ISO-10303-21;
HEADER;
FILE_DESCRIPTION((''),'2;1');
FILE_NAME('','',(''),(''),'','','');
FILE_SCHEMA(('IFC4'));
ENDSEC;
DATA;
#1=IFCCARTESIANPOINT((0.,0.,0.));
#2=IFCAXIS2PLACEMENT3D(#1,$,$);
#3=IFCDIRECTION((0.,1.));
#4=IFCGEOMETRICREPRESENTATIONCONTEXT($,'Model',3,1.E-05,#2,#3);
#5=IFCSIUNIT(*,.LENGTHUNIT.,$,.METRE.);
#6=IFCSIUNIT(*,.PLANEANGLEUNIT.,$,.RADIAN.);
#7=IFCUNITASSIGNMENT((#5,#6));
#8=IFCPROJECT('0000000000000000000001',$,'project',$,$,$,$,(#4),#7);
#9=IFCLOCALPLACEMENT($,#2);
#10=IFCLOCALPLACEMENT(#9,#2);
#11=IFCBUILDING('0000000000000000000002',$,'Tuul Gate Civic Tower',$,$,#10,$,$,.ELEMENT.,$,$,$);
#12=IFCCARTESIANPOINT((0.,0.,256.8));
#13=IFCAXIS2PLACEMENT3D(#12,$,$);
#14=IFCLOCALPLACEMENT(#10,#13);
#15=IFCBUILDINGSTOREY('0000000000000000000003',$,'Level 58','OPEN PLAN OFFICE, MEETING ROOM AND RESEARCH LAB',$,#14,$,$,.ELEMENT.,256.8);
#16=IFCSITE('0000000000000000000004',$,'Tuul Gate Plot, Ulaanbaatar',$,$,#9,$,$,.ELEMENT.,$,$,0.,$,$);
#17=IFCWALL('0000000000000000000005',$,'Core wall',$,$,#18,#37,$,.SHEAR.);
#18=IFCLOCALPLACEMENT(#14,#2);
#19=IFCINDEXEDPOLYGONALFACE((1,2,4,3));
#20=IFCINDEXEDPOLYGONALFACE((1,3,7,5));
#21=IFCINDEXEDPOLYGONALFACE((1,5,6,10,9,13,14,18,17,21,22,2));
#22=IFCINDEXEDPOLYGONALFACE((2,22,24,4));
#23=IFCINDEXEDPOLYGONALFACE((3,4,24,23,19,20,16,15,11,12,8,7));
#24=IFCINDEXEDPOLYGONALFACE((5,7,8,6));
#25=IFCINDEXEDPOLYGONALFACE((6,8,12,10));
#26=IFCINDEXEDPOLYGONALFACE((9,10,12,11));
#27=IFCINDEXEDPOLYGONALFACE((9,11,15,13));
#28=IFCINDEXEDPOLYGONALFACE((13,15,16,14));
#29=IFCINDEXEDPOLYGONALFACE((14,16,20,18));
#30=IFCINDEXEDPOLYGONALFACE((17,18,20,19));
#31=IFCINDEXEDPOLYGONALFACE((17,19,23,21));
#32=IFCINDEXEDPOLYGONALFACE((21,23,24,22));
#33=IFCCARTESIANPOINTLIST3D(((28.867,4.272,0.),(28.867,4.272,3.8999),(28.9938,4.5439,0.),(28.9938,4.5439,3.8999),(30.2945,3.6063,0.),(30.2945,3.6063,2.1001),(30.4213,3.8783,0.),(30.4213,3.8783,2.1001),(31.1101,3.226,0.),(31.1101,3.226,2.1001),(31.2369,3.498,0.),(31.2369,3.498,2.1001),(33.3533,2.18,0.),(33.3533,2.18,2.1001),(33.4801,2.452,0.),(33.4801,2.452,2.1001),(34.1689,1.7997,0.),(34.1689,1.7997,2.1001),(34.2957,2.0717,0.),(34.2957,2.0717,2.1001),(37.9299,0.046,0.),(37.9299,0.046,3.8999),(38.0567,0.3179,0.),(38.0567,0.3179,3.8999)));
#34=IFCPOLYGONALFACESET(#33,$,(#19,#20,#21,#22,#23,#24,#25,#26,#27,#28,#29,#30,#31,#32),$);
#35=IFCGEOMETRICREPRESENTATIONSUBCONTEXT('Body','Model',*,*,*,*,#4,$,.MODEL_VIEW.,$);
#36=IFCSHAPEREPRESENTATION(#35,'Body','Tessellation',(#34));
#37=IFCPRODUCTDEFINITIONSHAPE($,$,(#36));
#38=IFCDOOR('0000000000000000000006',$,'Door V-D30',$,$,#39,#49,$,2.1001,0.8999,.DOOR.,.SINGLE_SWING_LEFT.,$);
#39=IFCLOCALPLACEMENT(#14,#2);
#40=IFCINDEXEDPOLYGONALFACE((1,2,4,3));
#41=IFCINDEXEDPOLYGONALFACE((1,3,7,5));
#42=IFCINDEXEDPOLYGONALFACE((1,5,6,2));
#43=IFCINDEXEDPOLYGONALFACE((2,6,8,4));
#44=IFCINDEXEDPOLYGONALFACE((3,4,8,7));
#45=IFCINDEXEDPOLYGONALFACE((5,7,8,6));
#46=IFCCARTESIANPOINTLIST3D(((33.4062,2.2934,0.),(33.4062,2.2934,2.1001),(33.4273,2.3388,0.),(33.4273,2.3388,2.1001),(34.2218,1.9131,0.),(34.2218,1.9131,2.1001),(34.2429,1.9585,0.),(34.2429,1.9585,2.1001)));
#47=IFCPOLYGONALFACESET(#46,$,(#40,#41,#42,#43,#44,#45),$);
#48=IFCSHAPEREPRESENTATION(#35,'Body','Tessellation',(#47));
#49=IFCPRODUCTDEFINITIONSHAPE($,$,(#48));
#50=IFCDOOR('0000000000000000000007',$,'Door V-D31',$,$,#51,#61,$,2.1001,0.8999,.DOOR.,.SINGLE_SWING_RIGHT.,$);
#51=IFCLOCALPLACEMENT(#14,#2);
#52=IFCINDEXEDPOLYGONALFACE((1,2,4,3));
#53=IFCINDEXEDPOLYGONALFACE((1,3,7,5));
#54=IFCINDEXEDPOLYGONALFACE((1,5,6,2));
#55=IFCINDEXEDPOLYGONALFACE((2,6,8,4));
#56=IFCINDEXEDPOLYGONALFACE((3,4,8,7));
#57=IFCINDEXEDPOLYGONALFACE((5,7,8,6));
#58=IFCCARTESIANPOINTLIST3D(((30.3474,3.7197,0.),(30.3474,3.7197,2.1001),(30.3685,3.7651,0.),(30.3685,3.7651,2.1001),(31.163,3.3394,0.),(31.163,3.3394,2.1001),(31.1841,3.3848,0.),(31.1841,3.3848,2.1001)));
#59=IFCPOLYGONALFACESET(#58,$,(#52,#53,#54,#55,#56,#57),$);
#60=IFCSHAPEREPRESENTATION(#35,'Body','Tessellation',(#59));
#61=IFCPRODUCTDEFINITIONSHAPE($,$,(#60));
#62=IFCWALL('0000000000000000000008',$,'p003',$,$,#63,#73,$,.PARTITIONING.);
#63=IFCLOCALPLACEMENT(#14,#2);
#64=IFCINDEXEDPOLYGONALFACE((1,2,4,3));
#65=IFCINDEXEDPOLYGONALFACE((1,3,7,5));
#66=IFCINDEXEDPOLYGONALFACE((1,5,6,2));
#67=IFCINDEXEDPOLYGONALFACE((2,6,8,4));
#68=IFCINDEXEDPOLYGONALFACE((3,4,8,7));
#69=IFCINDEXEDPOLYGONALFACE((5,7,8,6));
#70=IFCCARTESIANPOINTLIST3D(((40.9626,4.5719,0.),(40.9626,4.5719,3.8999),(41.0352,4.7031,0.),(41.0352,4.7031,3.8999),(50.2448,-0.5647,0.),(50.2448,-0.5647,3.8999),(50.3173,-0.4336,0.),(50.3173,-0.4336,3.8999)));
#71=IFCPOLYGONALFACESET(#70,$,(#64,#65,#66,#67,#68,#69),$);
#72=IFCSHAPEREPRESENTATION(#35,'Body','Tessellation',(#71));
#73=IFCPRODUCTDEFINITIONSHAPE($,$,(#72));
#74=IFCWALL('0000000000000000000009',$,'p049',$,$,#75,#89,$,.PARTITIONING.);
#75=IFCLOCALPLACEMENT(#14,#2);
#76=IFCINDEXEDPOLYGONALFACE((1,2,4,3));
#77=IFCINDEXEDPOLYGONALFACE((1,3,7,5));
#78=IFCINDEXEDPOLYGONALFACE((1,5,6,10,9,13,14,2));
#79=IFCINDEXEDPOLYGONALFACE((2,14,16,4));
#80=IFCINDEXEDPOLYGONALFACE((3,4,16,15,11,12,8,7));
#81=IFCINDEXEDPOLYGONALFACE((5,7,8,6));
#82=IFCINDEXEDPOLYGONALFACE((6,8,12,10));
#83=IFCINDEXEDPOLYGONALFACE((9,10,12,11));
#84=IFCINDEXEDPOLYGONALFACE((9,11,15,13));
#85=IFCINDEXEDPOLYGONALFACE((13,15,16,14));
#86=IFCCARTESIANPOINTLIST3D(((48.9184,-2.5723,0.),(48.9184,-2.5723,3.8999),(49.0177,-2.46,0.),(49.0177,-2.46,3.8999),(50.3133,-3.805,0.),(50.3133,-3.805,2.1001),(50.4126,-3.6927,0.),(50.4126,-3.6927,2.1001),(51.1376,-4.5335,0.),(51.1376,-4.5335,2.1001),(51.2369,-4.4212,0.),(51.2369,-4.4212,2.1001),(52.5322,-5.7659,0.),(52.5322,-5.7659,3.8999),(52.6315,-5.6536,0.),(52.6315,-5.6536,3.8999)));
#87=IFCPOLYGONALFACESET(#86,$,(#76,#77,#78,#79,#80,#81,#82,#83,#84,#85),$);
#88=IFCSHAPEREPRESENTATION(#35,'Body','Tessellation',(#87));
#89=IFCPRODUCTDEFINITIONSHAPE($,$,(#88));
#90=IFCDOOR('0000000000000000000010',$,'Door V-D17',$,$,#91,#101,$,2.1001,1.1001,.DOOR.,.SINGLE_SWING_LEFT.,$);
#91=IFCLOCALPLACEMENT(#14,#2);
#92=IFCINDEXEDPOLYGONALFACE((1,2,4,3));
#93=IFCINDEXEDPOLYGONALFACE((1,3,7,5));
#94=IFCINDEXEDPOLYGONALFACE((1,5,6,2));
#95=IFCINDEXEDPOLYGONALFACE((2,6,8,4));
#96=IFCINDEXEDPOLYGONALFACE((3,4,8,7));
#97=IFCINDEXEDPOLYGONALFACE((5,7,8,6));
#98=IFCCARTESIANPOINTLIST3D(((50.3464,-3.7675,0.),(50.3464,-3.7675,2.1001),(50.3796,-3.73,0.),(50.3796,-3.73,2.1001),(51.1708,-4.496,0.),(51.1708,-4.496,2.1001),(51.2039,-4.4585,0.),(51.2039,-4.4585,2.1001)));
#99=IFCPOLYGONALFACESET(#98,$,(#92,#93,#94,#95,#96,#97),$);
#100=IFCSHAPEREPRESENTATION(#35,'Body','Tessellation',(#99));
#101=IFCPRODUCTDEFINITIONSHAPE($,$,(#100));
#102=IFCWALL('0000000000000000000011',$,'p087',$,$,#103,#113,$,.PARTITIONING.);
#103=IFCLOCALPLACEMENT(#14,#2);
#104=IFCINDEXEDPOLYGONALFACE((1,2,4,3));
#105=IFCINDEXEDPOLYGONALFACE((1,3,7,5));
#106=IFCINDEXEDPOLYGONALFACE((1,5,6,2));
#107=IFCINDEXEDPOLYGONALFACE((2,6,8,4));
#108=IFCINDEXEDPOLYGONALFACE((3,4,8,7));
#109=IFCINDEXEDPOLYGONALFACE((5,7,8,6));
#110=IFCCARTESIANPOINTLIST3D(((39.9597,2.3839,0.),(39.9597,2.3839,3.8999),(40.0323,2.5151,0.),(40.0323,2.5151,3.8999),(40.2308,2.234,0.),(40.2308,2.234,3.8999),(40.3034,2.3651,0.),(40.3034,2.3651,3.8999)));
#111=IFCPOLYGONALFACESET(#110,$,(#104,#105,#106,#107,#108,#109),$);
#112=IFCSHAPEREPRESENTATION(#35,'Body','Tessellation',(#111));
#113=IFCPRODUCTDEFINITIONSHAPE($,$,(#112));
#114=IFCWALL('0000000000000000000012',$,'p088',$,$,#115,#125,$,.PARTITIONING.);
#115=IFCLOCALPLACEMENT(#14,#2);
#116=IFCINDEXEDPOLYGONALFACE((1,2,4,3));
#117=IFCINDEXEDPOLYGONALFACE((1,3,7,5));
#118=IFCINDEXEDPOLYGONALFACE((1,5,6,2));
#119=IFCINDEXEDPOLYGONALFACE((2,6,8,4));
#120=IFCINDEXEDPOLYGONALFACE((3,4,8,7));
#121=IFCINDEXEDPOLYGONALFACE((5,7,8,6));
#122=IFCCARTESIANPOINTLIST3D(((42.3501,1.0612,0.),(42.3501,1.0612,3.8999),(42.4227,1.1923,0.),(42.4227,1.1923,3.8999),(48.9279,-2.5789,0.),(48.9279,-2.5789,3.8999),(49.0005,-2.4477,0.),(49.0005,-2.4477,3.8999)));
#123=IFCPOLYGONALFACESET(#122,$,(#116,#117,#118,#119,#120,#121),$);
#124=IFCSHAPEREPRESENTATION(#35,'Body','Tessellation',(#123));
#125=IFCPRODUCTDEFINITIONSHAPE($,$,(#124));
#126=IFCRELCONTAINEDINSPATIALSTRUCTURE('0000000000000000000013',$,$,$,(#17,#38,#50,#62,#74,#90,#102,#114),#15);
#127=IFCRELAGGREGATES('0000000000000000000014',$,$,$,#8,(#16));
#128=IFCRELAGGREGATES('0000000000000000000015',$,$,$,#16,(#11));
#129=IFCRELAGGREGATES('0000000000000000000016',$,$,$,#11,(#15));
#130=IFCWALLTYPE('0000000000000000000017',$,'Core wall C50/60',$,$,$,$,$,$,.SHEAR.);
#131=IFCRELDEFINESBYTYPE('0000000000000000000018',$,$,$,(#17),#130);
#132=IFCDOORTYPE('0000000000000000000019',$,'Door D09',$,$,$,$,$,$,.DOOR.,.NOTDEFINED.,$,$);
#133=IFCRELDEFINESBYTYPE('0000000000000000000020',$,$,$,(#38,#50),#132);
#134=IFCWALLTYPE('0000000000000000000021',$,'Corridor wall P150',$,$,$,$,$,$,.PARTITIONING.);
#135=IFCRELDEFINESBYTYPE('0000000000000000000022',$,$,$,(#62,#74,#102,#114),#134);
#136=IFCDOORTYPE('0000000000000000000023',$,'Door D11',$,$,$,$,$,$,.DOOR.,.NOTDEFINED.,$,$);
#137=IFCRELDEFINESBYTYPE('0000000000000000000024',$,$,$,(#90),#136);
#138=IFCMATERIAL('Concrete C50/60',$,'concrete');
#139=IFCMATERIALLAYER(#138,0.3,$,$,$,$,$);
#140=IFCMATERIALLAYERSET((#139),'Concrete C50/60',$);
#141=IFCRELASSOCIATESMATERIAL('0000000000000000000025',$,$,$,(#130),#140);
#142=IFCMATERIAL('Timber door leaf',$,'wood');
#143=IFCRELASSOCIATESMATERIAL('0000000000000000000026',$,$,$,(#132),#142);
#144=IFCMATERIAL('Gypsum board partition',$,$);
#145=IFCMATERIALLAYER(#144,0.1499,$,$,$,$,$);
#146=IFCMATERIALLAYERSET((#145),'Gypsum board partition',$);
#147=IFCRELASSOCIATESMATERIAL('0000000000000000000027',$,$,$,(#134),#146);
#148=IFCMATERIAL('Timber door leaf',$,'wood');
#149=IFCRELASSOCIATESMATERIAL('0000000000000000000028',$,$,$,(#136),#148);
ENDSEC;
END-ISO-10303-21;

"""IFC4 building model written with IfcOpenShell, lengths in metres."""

from ifc_helpers import new_model, si_unit, direction, frame, frame_2d, origin, place, context, subcontext, project, spatial, rectangle, extrude, material, layer, layer_set, type_object, element, fill, save


model = new_model("IFC4")

# Units and contexts
model_context = context("Model", 3, precision=1e-05, world=origin(), true_north=direction((0.0, 1.0)))
body_context = subcontext(model_context, "Body", "Model", "MODEL_VIEW")
ifc_project = project(units=[si_unit("LENGTHUNIT", "METRE"), si_unit("PLANEANGLEUNIT", "RADIAN")], contexts=[model_context])

# Site, building, storey
site_placement = place(None, origin())
site = spatial("IfcSite", under=ifc_project, at=site_placement, Name="Tuul Gate Plot, Ulaanbaatar", CompositionType="ELEMENT", RefElevation=0.0)
building_placement = place(site_placement, origin())
building = spatial("IfcBuilding", under=site, at=building_placement, Name="Tuul Gate Civic Tower", CompositionType="ELEMENT")
storey_placement = place(building_placement, frame((0.0, 0.0, 256.8)))
storey = spatial("IfcBuildingStorey", under=building, at=storey_placement, Name="Level 58", Description="OPEN PLAN OFFICE, MEETING ROOM AND RESEARCH LAB", CompositionType="ELEMENT", Elevation=256.8)

# Shared definitions
ifc_material_1 = material(Name="Concrete C50/60", Category="concrete")
ifc_layer_1 = layer(ifc_material_1, 0.3)
ifc_layer_set_1 = layer_set([ifc_layer_1], Name="Concrete C50/60")
wall_type_1 = type_object("IfcWallType", Name="Core wall C50/60", PredefinedType="SHEAR", material=ifc_layer_set_1)

# Wall, openings, doors
wall_1_placement = place(storey_placement, frame((37.9934, 0.1819, 0.0), z_axis=(0.0, 0.0, 1.0), x_axis=(-0.90631, 0.422613, 0.0)))
wall_1 = element("IfcWall", 1, at=wall_1_placement, inside=storey, type_object=wall_type_1, Name="Core wall", PredefinedType="SHEAR", context=body_context, shape_type="SweptSolid", body=[
    extrude(rectangle(XDim=9.9998, YDim=0.3, at=frame_2d((5.0, 0.0))), origin(), (0.0, 0.0, 1.0), 3.8999),
])
opening_1_placement = place(wall_1_placement, frame((4.1499, 0.0, 0.0)))
opening_1 = element("IfcOpeningElement", 2, at=opening_1_placement, cuts=wall_1, PredefinedType="OPENING", context=body_context, shape_type="SweptSolid", body=[
    extrude(rectangle(XDim=0.8999, YDim=2.1001, at=frame_2d((0.45, 1.05))), frame((0.0, 0.1602, 0.0), z_axis=(0.0, -1.0, 0.0), x_axis=(1.0, 0.0, 0.0)), (0.0, 0.0, 1.0), 0.3201),
])
opening_2_placement = place(wall_1_placement, frame((7.5249, 0.0, 0.0)))
opening_2 = element("IfcOpeningElement", 3, at=opening_2_placement, cuts=wall_1, PredefinedType="OPENING", context=body_context, shape_type="SweptSolid", body=[
    extrude(rectangle(XDim=0.8999, YDim=2.1001, at=frame_2d((0.45, 1.05))), frame((0.0, 0.1602, 0.0), z_axis=(0.0, -1.0, 0.0), x_axis=(1.0, 0.0, 0.0)), (0.0, 0.0, 1.0), 0.3201),
])
ifc_material_2 = material(Name="Timber door leaf", Category="wood")
door_type_1 = type_object("IfcDoorType", Name="Door D09", OperationType="NOTDEFINED", PredefinedType="DOOR", material=ifc_material_2)
door_1_placement = place(opening_1_placement, origin())
door_1 = element("IfcDoor", 4, at=door_1_placement, inside=storey, type_object=door_type_1, Name="Door V-D30", OperationType="SINGLE_SWING_LEFT", OverallHeight=2.1001, OverallWidth=0.8999, PredefinedType="DOOR", context=body_context, shape_type="SweptSolid", body=[
    extrude(rectangle(XDim=0.8999, YDim=2.1001, at=frame_2d((0.45, 1.05))), frame((0.0, 0.0249, 0.0), z_axis=(0.0, -1.0, 0.0), x_axis=(1.0, 0.0, 0.0)), (0.0, 0.0, 1.0), 0.05),
])
fill(opening_1, door_1)
door_2_placement = place(opening_2_placement, origin())
door_2 = element("IfcDoor", 5, at=door_2_placement, inside=storey, type_object=door_type_1, Name="Door V-D31", OperationType="SINGLE_SWING_RIGHT", OverallHeight=2.1001, OverallWidth=0.8999, PredefinedType="DOOR", context=body_context, shape_type="SweptSolid", body=[
    extrude(rectangle(XDim=0.8999, YDim=2.1001, at=frame_2d((0.45, 1.05))), frame((0.0, 0.0249, 0.0), z_axis=(0.0, -1.0, 0.0), x_axis=(1.0, 0.0, 0.0)), (0.0, 0.0, 1.0), 0.05),
])
fill(opening_2, door_2)

# Wall
ifc_material_3 = material(Name="Gypsum board partition")
ifc_layer_2 = layer(ifc_material_3, 0.1499)
ifc_layer_set_2 = layer_set([ifc_layer_2], Name="Gypsum board partition")
wall_type_2 = type_object("IfcWallType", Name="Corridor wall P150", PredefinedType="PARTITIONING", material=ifc_layer_set_2)
wall_2_placement = place(storey_placement, frame((40.999, 4.6375, 0.0), z_axis=(0.0, 0.0, 1.0), x_axis=(0.874959, -0.484196, 0.0)))
element("IfcWall", 6, at=wall_2_placement, inside=storey, type_object=wall_type_2, Name="p003", PredefinedType="PARTITIONING", context=body_context, shape_type="SweptSolid", body=[
    extrude(rectangle(XDim=10.6086, YDim=0.1499, at=frame_2d((5.3042, 0.0))), origin(), (0.0, 0.0, 1.0), 3.8999),
])

# Wall, opening, door
wall_3_placement = place(storey_placement, frame((48.968, -2.5161, 0.0), z_axis=(0.0, 0.0, 1.0), x_axis=(0.749325, -0.662202, 0.0)))
wall_3 = element("IfcWall", 7, at=wall_3_placement, inside=storey, type_object=wall_type_2, Name="p049", PredefinedType="PARTITIONING", context=body_context, shape_type="SweptSolid", body=[
    extrude(rectangle(XDim=4.8228, YDim=0.1499, at=frame_2d((2.4114, 0.0))), origin(), (0.0, 0.0, 1.0), 3.8999),
])
opening_3_placement = place(wall_3_placement, frame((1.8616, 0.0, 0.0)))
opening_3 = element("IfcOpeningElement", 8, at=opening_3_placement, cuts=wall_3, PredefinedType="OPENING", context=body_context, shape_type="SweptSolid", body=[
    extrude(rectangle(XDim=1.1001, YDim=2.1001, at=frame_2d((0.55, 1.05))), frame((0.0, 0.085, 0.0), z_axis=(0.0, -1.0, 0.0), x_axis=(1.0, 0.0, 0.0)), (0.0, 0.0, 1.0), 0.1699),
])
ifc_material_4 = material(Name="Timber door leaf", Category="wood")
door_type_2 = type_object("IfcDoorType", Name="Door D11", OperationType="NOTDEFINED", PredefinedType="DOOR", material=ifc_material_4)
door_3_placement = place(opening_3_placement, frame((1.1001, 0.0, 0.0), z_axis=(0.0, 0.0, 1.0), x_axis=(-1.0, 0.0, 0.0)))
door_3 = element("IfcDoor", 9, at=door_3_placement, inside=storey, type_object=door_type_2, Name="Door V-D17", OperationType="SINGLE_SWING_LEFT", OverallHeight=2.1001, OverallWidth=1.1001, PredefinedType="DOOR", context=body_context, shape_type="SweptSolid", body=[
    extrude(rectangle(XDim=1.1001, YDim=2.1001, at=frame_2d((0.55, 1.05))), frame((0.0, 0.0249, 0.0), z_axis=(0.0, -1.0, 0.0), x_axis=(1.0, 0.0, 0.0)), (0.0, 0.0, 1.0), 0.05),
])
fill(opening_3, door_3)

# Walls
wall_4_placement = place(storey_placement, frame((39.9961, 2.4495, 0.0), z_axis=(0.0, 0.0, 1.0), x_axis=(0.875048, -0.484036, 0.0)))
element("IfcWall", 10, at=wall_4_placement, inside=storey, type_object=wall_type_2, Name="p087", PredefinedType="PARTITIONING", context=body_context, shape_type="SweptSolid", body=[
    extrude(rectangle(XDim=0.3098, YDim=0.1499, at=frame_2d((0.1548, 0.0))), origin(), (0.0, 0.0, 1.0), 3.8999),
])
wall_5_placement = place(storey_placement, frame((42.3865, 1.1267, 0.0), z_axis=(0.0, 0.0, 1.0), x_axis=(0.87496, -0.484195, 0.0)))
element("IfcWall", 11, at=wall_5_placement, inside=storey, type_object=wall_type_2, Name="p088", PredefinedType="PARTITIONING", context=body_context, shape_type="SweptSolid", body=[
    extrude(rectangle(XDim=7.5178, YDim=0.1499, at=frame_2d((3.7588, 0.0))), origin(), (0.0, 0.0, 1.0), 3.8999),
])

save(model, "model.ifc")
